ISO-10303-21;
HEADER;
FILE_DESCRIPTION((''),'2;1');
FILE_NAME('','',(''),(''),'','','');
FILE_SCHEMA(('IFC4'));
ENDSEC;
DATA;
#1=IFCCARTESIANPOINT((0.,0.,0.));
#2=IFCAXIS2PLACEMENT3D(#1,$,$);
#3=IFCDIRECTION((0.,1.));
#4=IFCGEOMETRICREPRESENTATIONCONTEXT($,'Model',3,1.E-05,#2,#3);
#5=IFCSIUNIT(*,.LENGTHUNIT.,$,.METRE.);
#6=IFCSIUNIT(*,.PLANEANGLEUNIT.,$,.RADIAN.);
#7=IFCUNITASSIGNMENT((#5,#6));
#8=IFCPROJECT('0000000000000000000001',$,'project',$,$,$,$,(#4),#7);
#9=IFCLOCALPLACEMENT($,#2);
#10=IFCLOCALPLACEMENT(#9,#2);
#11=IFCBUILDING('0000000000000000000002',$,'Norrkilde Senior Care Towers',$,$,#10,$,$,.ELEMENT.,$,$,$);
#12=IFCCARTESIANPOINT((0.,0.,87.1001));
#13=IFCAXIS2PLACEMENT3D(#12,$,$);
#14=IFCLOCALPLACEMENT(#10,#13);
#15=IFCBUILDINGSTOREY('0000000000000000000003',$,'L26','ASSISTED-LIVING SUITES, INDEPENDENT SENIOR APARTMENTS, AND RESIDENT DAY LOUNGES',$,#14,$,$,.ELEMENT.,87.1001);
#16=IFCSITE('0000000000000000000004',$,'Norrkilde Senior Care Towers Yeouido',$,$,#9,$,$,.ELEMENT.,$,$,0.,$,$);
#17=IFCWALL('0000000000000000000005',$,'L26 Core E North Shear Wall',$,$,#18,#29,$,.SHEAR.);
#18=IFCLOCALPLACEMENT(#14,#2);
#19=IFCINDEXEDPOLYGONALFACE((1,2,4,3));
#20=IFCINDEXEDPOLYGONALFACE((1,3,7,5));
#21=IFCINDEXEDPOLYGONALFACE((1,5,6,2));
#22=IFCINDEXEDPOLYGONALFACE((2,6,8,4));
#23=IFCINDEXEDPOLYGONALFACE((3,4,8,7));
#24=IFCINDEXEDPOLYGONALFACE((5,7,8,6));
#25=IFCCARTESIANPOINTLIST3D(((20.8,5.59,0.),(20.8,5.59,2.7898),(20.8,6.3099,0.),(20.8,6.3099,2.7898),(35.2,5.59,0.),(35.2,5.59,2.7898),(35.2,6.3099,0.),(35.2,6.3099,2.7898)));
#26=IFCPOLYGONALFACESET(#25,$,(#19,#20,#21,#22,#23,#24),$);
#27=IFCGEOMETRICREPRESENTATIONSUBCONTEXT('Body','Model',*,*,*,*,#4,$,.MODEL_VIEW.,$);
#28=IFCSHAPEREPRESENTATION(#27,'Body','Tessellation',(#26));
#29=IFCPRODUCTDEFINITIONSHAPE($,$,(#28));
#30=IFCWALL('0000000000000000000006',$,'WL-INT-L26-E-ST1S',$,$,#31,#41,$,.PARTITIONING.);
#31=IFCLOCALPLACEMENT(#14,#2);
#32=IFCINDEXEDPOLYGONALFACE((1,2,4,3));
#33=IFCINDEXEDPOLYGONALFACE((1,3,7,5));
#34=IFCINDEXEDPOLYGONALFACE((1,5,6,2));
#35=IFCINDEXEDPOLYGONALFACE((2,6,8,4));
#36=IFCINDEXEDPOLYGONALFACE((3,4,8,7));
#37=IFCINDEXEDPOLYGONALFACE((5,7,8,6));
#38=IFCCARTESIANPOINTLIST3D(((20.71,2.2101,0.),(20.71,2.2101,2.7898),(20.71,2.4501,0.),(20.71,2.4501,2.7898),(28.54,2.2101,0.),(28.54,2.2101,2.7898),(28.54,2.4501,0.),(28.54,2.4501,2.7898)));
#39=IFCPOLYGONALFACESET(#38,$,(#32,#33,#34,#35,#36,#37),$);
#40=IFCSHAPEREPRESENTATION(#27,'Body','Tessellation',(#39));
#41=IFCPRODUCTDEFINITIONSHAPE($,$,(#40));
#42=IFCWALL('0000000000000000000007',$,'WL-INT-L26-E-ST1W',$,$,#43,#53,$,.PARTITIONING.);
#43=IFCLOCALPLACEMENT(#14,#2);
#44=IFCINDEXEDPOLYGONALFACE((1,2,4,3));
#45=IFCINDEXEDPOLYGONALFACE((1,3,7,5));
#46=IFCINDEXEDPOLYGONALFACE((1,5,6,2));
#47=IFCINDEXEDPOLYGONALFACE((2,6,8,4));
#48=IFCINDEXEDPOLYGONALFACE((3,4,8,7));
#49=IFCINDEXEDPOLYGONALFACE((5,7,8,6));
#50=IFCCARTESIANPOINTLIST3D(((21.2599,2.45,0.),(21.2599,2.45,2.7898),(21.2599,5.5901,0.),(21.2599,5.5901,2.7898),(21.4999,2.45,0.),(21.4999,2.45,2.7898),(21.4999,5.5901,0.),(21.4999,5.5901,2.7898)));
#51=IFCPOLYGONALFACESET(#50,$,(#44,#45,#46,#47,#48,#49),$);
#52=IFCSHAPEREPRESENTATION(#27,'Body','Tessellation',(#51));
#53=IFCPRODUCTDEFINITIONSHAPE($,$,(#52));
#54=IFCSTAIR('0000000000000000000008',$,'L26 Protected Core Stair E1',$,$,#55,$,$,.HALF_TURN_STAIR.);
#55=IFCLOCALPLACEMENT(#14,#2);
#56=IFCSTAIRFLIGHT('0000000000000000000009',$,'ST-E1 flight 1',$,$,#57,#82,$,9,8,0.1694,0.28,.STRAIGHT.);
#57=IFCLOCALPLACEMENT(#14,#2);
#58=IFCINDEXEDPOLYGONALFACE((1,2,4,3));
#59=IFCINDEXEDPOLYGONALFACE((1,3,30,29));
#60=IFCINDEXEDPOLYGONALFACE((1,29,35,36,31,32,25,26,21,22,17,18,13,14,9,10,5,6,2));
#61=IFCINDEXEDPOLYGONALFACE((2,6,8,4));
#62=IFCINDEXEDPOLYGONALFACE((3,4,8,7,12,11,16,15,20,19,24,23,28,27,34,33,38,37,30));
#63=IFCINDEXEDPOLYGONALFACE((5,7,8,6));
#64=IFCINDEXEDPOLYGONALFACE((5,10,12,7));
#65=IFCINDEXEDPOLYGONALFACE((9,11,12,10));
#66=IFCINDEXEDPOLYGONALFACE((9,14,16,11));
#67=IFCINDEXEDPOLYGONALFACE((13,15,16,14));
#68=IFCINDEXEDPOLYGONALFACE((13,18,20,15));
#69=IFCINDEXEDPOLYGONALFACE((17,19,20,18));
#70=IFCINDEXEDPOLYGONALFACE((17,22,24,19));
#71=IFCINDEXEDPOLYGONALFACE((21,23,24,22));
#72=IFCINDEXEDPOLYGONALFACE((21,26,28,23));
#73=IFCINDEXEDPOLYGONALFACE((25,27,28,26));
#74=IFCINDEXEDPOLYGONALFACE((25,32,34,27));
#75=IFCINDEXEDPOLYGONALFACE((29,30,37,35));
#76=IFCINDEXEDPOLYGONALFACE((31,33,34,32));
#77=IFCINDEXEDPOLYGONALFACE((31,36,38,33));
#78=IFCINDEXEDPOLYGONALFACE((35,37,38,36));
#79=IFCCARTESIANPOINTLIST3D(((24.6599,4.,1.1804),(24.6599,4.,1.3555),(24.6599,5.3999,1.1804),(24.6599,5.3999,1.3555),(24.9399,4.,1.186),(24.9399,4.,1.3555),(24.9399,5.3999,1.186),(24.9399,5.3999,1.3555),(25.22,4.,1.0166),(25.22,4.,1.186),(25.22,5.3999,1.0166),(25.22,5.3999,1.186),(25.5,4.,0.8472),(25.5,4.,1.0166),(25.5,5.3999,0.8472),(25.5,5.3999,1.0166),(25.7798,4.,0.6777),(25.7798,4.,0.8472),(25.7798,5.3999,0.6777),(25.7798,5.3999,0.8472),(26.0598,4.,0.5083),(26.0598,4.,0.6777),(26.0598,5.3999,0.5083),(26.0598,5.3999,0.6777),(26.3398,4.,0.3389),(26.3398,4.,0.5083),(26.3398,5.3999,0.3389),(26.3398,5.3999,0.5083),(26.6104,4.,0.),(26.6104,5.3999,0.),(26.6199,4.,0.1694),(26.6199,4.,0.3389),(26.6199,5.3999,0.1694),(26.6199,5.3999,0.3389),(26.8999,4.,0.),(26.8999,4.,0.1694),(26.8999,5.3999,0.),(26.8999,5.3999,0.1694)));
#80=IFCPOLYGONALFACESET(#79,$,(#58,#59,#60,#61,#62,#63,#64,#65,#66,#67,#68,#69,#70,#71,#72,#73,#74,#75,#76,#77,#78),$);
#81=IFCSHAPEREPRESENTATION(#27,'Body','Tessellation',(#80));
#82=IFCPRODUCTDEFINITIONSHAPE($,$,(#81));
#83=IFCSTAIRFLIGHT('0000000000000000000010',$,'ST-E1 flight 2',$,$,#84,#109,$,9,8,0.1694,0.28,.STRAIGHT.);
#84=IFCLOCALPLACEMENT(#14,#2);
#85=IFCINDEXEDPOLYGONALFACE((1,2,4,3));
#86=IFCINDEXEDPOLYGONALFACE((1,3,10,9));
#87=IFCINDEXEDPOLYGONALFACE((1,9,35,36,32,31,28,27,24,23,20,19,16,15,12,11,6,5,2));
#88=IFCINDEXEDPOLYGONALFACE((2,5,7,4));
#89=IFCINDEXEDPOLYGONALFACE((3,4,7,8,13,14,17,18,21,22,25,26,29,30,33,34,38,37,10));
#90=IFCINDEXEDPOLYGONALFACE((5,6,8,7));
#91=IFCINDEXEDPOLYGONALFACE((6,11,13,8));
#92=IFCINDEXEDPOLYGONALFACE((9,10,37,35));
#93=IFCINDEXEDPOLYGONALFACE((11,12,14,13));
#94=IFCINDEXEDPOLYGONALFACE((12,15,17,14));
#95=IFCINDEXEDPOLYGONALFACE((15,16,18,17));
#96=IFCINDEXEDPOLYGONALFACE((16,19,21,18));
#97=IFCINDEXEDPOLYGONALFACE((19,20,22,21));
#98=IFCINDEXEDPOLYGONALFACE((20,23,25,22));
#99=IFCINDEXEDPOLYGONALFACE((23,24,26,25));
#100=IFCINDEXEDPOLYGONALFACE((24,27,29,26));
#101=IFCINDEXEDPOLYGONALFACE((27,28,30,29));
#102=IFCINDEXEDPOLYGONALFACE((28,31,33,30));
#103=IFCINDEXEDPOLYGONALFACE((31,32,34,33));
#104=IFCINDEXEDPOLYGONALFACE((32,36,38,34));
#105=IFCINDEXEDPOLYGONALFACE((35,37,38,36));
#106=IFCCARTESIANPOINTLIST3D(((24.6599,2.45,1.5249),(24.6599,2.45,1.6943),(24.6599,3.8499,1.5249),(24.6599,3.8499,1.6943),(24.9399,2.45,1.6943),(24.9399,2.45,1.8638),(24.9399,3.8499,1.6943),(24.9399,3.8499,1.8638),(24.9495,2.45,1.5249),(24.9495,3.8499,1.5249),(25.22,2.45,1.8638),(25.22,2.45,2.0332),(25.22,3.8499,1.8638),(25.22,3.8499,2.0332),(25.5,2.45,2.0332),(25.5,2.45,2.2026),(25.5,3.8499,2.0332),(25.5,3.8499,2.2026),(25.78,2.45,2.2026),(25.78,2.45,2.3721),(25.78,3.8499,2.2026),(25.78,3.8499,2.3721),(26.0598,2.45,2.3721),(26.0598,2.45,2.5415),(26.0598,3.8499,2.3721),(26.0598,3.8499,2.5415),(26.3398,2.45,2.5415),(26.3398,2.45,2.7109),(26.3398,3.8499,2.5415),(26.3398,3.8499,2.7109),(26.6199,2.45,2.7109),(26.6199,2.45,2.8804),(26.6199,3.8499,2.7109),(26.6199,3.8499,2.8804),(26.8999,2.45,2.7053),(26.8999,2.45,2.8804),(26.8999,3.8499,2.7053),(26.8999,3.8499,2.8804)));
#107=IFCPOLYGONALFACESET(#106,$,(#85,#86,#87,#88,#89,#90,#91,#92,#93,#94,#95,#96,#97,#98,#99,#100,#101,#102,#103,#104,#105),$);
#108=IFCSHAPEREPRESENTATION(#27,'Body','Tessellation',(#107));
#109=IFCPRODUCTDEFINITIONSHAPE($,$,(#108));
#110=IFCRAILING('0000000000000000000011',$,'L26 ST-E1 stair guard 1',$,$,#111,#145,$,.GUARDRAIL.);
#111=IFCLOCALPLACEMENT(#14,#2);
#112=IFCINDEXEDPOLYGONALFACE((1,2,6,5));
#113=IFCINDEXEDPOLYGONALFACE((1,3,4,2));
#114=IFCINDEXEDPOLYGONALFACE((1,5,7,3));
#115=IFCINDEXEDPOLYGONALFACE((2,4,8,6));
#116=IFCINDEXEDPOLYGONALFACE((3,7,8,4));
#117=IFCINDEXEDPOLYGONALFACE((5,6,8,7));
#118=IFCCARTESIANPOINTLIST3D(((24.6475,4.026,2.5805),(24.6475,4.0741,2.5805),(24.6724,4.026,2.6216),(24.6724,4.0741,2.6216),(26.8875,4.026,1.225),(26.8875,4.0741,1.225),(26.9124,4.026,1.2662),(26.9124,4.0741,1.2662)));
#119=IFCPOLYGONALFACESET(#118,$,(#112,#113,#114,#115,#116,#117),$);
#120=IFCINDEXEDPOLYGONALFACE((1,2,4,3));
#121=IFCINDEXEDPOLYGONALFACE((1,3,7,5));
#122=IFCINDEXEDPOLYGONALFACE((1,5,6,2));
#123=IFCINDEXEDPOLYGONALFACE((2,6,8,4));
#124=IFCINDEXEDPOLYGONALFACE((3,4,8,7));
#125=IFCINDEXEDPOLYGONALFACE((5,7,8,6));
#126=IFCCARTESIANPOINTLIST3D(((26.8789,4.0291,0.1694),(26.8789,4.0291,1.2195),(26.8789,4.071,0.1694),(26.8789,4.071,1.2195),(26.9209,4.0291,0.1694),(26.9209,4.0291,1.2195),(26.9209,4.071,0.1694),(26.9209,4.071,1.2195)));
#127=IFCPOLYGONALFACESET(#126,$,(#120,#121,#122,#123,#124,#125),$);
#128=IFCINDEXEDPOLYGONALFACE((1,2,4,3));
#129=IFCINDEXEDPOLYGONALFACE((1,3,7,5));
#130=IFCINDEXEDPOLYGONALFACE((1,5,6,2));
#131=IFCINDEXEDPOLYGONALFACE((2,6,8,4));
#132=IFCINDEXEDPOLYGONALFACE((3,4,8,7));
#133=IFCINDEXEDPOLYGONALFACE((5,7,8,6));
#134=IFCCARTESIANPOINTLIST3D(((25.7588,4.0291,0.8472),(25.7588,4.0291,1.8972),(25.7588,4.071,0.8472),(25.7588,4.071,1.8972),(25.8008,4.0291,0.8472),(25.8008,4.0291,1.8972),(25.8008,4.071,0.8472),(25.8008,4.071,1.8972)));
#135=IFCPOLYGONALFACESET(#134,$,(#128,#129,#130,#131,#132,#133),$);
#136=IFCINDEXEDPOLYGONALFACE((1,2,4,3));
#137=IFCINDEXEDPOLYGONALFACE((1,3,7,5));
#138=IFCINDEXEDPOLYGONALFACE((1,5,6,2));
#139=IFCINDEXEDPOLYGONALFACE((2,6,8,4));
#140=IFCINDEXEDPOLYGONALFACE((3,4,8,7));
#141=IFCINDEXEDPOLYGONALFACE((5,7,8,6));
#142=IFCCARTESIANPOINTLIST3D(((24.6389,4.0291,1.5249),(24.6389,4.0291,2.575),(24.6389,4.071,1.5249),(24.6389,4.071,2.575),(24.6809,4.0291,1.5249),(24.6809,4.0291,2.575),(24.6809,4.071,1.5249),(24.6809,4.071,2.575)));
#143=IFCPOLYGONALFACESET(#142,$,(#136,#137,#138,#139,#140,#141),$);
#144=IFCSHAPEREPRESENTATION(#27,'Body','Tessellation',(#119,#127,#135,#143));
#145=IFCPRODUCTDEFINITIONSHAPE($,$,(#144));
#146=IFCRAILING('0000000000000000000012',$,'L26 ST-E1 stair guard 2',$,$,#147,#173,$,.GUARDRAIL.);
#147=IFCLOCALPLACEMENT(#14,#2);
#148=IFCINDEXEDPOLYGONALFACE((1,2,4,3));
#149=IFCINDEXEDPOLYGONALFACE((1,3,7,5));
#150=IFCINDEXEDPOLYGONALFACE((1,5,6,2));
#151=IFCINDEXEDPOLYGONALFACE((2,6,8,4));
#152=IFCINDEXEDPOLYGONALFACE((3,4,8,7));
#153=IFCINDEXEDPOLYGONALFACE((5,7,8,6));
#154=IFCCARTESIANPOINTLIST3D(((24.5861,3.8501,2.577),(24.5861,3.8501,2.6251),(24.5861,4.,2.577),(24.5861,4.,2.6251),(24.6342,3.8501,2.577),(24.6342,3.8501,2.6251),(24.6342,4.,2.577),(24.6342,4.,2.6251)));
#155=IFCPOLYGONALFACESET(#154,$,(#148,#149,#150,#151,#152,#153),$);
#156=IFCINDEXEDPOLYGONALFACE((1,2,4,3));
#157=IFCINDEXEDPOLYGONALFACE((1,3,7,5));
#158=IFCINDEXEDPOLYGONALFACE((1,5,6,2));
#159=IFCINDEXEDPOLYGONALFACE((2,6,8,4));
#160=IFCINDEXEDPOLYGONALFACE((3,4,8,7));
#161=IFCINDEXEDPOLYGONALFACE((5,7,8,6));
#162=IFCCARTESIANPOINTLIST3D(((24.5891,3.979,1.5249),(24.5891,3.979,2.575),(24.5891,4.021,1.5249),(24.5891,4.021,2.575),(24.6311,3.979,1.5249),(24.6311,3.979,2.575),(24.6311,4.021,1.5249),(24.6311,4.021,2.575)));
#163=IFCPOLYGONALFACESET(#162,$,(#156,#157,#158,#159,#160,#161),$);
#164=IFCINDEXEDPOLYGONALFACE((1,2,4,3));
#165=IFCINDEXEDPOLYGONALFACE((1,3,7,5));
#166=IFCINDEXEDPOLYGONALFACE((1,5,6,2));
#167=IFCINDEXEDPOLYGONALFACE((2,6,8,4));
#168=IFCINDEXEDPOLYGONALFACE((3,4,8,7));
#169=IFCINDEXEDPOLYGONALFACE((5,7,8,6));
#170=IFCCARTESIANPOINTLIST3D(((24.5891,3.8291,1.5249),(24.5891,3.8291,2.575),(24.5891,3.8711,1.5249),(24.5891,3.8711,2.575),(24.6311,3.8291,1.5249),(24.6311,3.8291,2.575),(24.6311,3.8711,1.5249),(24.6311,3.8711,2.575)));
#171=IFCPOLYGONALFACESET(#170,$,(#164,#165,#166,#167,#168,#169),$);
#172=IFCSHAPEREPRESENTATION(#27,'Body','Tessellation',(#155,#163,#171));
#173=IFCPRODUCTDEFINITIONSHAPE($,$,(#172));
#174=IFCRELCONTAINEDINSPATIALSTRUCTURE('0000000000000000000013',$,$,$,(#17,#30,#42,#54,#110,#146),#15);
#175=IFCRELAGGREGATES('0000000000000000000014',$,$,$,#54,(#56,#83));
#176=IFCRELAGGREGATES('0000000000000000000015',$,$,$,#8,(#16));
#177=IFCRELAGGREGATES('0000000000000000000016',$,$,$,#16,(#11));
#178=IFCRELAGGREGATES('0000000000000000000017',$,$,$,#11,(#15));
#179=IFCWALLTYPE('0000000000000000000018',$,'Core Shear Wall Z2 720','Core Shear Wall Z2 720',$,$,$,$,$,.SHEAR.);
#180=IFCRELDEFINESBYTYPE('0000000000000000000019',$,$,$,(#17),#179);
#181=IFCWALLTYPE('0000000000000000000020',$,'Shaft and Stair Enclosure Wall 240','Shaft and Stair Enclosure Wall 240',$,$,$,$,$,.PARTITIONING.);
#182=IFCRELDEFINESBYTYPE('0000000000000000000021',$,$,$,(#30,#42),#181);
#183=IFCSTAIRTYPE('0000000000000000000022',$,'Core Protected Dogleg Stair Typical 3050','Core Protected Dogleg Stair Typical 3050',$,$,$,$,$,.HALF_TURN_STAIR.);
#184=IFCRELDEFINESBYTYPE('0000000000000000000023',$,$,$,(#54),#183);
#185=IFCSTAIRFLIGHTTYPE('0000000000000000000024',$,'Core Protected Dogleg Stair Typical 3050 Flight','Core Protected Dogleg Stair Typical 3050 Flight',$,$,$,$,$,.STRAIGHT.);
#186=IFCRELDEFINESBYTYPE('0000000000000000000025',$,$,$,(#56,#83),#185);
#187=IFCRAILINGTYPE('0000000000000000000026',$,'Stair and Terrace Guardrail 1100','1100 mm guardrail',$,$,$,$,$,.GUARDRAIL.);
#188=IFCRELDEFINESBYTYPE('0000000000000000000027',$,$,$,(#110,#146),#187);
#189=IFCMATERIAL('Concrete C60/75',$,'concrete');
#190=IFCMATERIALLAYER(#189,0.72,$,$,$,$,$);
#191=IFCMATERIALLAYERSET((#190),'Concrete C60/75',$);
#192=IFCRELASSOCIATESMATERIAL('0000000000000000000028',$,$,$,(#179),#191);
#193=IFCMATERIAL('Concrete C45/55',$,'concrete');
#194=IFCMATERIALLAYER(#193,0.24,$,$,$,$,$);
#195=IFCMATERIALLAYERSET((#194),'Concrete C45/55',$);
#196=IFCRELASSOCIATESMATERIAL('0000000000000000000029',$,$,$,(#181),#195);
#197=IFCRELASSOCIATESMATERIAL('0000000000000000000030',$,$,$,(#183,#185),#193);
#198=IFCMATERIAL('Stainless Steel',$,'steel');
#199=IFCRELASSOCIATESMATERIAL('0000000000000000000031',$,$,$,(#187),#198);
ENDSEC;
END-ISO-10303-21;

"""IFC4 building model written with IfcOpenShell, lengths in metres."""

from ifc_helpers import new_model, si_unit, direction, frame, frame_2d, origin, origin_2d, place, context, subcontext, project, spatial, polyline, rectangle, outline, extrude, source, transform, mapped, material, layer, layer_set, type_object, type_shapes, element, aggregate, save


model = new_model("IFC4")

# Units and contexts
model_context = context("Model", 3, precision=1e-05, world=origin(), true_north=direction((0.0, 1.0)))
body_context = subcontext(model_context, "Body", "Model", "MODEL_VIEW")
ifc_project = project(units=[si_unit("LENGTHUNIT", "METRE"), si_unit("PLANEANGLEUNIT", "RADIAN")], contexts=[model_context])

# Site, building, storey
site_placement = place(None, origin())
site = spatial("IfcSite", under=ifc_project, at=site_placement, Name="Norrkilde Senior Care Towers Yeouido", CompositionType="ELEMENT", RefElevation=0.0)
building_placement = place(site_placement, origin())
building = spatial("IfcBuilding", under=site, at=building_placement, Name="Norrkilde Senior Care Towers", CompositionType="ELEMENT")
storey_placement = place(building_placement, frame((0.0, 0.0, 87.1001)))
storey = spatial("IfcBuildingStorey", under=building, at=storey_placement, Name="L26", Description="ASSISTED-LIVING SUITES, INDEPENDENT SENIOR APARTMENTS, AND RESIDENT DAY LOUNGES", CompositionType="ELEMENT", Elevation=87.1001)

# Shared definitions
ifc_material_1 = material(Name="Concrete C60/75", Category="concrete")

# Walls
ifc_layer_1 = layer(ifc_material_1, 0.72)
ifc_layer_set_1 = layer_set([ifc_layer_1], Name="Concrete C60/75")
wall_type_1 = type_object("IfcWallType", Name="Core Shear Wall Z2 720", Description="Core Shear Wall Z2 720", PredefinedType="SHEAR", material=ifc_layer_set_1)
shared_shape_1 = source(origin(), body_context, "Body", "SweptSolid", [
    extrude(rectangle(XDim=14.3999, YDim=0.72, at=frame_2d((7.2, 0.0))), origin(), (0.0, 0.0, 1.0), 2.7898),
])
type_shapes(wall_type_1, [shared_shape_1])
wall_1_placement = place(storey_placement, frame((20.8, 5.95, 0.0), z_axis=(0.0, 0.0, 1.0), x_axis=(1.0, 0.0, 0.0)))
element("IfcWall", 1, at=wall_1_placement, inside=storey, type_object=wall_type_1, Name="L26 Core E North Shear Wall", PredefinedType="SHEAR", context=body_context, shape_type="MappedRepresentation", body=[
    mapped(shared_shape_1, transform((0.0, 0.0, 0.0), x_axis=(1.0, 0.0, 0.0), y_axis=(0.0, 1.0, 0.0), z_axis=(0.0, 0.0, 1.0), scale=1.0)),
])
ifc_material_2 = material(Name="Concrete C45/55", Category="concrete")
ifc_layer_2 = layer(ifc_material_2, 0.24)
ifc_layer_set_2 = layer_set([ifc_layer_2], Name="Concrete C45/55")
wall_type_2 = type_object("IfcWallType", Name="Shaft and Stair Enclosure Wall 240", Description="Shaft and Stair Enclosure Wall 240", PredefinedType="PARTITIONING", material=ifc_layer_set_2)
shared_shape_2 = source(origin(), body_context, "Body", "SweptSolid", [
    extrude(rectangle(XDim=7.8301, YDim=0.24, at=frame_2d((3.915, 0.0))), origin(), (0.0, 0.0, 1.0), 2.7898),
])
wall_2_placement = place(storey_placement, frame((20.71, 2.3301, 0.0), z_axis=(0.0, 0.0, 1.0), x_axis=(1.0, 0.0, 0.0)))
element("IfcWall", 2, at=wall_2_placement, inside=storey, type_object=wall_type_2, Name="WL-INT-L26-E-ST1S", PredefinedType="PARTITIONING", context=body_context, shape_type="MappedRepresentation", body=[
    mapped(shared_shape_2, transform((0.0, 0.0, 0.0), x_axis=(1.0, 0.0, 0.0), y_axis=(0.0, 1.0, 0.0), z_axis=(0.0, 0.0, 1.0), scale=1.0)),
])
shared_shape_3 = source(origin(), body_context, "Body", "SweptSolid", [
    extrude(rectangle(XDim=3.1401, YDim=0.24, at=frame_2d((1.5701, 0.0))), origin(), (0.0, 0.0, 1.0), 2.7898),
])
type_shapes(wall_type_2, [shared_shape_2, shared_shape_3])
wall_3_placement = place(storey_placement, frame((21.3799, 2.45, 0.0), z_axis=(0.0, 0.0, 1.0), x_axis=(0.0, 1.0, 0.0)))
element("IfcWall", 3, at=wall_3_placement, inside=storey, type_object=wall_type_2, Name="WL-INT-L26-E-ST1W", PredefinedType="PARTITIONING", context=body_context, shape_type="MappedRepresentation", body=[
    mapped(shared_shape_3, transform((0.0, 0.0, 0.0), x_axis=(1.0, 0.0, 0.0), y_axis=(0.0, 1.0, 0.0), z_axis=(0.0, 0.0, 1.0), scale=1.0)),
])

# Stair, stair flights
stair_type = type_object("IfcStairType", Name="Core Protected Dogleg Stair Typical 3050", Description="Core Protected Dogleg Stair Typical 3050", PredefinedType="HALF_TURN_STAIR", material=ifc_material_2)
stair_placement = place(storey_placement, origin())
stair = element("IfcStair", 4, at=stair_placement, inside=storey, type_object=stair_type, Name="L26 Protected Core Stair E1", PredefinedType="HALF_TURN_STAIR")
stair_flight_type = type_object("IfcStairFlightType", Name="Core Protected Dogleg Stair Typical 3050 Flight", Description="Core Protected Dogleg Stair Typical 3050 Flight", PredefinedType="STRAIGHT", material=ifc_material_2)
stair_flight_1_placement = place(storey_placement, frame((26.8999, 4.7, 0.0), z_axis=(0.0, 0.0, 1.0), x_axis=(-1.0, 0.0, 0.0)))
stair_flight_1 = element("IfcStairFlight", 5, at=stair_flight_1_placement, type_object=stair_flight_type, Name="ST-E1 flight 1", NumberOfRisers=9, NumberOfTreads=8, PredefinedType="STRAIGHT", RiserHeight=0.1694, TreadLength=0.28, context=body_context, shape_type="SweptSolid", body=[
    extrude(outline(polyline([(0.0, 0.0), (0.0, 0.1694), (0.28, 0.1694), (0.28, 0.3389), (0.5601, 0.3389), (0.5601, 0.5083), (0.8401, 0.5083), (0.8401, 0.6777), (1.1201, 0.6777), (1.1201, 0.8472), (1.3999, 0.8472), (1.3999, 1.0166), (1.6799, 1.0166), (1.6799, 1.186), (1.96, 1.186), (1.96, 1.3555), (2.24, 1.3555), (2.24, 1.5249), (2.24, 1.1804), (0.2896, 0.0), (0.0, 0.0)])), frame((0.0, 0.7, 0.0), z_axis=(0.0, -1.0, 0.0), x_axis=(1.0, 0.0, 0.0)), (0.0, 0.0, 1.0), 1.3999),
])
stair_flight_2_placement = place(storey_placement, frame((24.6599, 3.1499, 1.5249), z_axis=(0.0, 0.0, 1.0), x_axis=(1.0, 0.0, 0.0)))
stair_flight_2 = element("IfcStairFlight", 6, at=stair_flight_2_placement, type_object=stair_flight_type, Name="ST-E1 flight 2", NumberOfRisers=9, NumberOfTreads=8, PredefinedType="STRAIGHT", RiserHeight=0.1694, TreadLength=0.28, context=body_context, shape_type="SweptSolid", body=[
    extrude(outline(polyline([(0.0, 0.0), (0.0, 0.1694), (0.28, 0.1694), (0.28, 0.3389), (0.5601, 0.3389), (0.5601, 0.5083), (0.8401, 0.5083), (0.8401, 0.6777), (1.1201, 0.6777), (1.1201, 0.8472), (1.3999, 0.8472), (1.3999, 1.0166), (1.6799, 1.0166), (1.6799, 1.186), (1.96, 1.186), (1.96, 1.3555), (2.24, 1.3555), (2.24, 1.5249), (2.24, 1.1804), (0.2896, 0.0), (0.0, 0.0)])), frame((0.0, 0.7, 0.0), z_axis=(0.0, -1.0, 0.0), x_axis=(1.0, 0.0, 0.0)), (0.0, 0.0, 1.0), 1.3999),
])
aggregate(stair, [stair_flight_1, stair_flight_2])

# Railings
ifc_material_3 = material(Name="Stainless Steel", Category="steel")
railing_type_1 = type_object("IfcRailingType", Name="Stair and Terrace Guardrail 1100", Description="1100 mm guardrail", PredefinedType="GUARDRAIL", material=ifc_material_3)
railing_1_placement = place(storey_placement, frame((26.8999, 4.05, 0.1694)))
element("IfcRailing", 7, at=railing_1_placement, inside=storey, type_object=railing_type_1, Name="L26 ST-E1 stair guard 1", PredefinedType="GUARDRAIL", context=body_context, shape_type="SweptSolid", body=[
    extrude(rectangle(XDim=0.0481, YDim=0.0481, at=origin_2d()), frame((0.0, 0.0, 1.0762), z_axis=(-0.855553, 0.0, 0.517715), x_axis=(0.0, -1.0, 0.0)), (0.0, 0.0, 1.0), 2.6182),
    extrude(rectangle(XDim=0.042, YDim=0.042, at=origin_2d()), origin(), (0.0, 0.0, 1.0), 1.05),
    extrude(rectangle(XDim=0.042, YDim=0.042, at=origin_2d()), frame((-1.1201, 0.0, 0.6777)), (0.0, 0.0, 1.0), 1.05),
    extrude(rectangle(XDim=0.042, YDim=0.042, at=origin_2d()), frame((-2.24, 0.0, 1.3555)), (0.0, 0.0, 1.0), 1.05),
])
railing_2_placement = place(storey_placement, frame((24.6101, 4.0, 1.5249)))
element("IfcRailing", 8, at=railing_2_placement, inside=storey, type_object=railing_type_1, Name="L26 ST-E1 stair guard 2", PredefinedType="GUARDRAIL", context=body_context, shape_type="SweptSolid", body=[
    extrude(rectangle(XDim=0.0481, YDim=0.0481, at=origin_2d()), frame((0.0, 0.0, 1.0762), z_axis=(0.0, -1.0, 0.0), x_axis=(1.0, 0.0, 0.0)), (0.0, 0.0, 1.0), 0.1499),
    extrude(rectangle(XDim=0.042, YDim=0.042, at=origin_2d()), origin(), (0.0, 0.0, 1.0), 1.05),
    extrude(rectangle(XDim=0.042, YDim=0.042, at=origin_2d()), frame((0.0, -0.1499, 0.0)), (0.0, 0.0, 1.0), 1.05),
])

save(model, "model.ifc")
